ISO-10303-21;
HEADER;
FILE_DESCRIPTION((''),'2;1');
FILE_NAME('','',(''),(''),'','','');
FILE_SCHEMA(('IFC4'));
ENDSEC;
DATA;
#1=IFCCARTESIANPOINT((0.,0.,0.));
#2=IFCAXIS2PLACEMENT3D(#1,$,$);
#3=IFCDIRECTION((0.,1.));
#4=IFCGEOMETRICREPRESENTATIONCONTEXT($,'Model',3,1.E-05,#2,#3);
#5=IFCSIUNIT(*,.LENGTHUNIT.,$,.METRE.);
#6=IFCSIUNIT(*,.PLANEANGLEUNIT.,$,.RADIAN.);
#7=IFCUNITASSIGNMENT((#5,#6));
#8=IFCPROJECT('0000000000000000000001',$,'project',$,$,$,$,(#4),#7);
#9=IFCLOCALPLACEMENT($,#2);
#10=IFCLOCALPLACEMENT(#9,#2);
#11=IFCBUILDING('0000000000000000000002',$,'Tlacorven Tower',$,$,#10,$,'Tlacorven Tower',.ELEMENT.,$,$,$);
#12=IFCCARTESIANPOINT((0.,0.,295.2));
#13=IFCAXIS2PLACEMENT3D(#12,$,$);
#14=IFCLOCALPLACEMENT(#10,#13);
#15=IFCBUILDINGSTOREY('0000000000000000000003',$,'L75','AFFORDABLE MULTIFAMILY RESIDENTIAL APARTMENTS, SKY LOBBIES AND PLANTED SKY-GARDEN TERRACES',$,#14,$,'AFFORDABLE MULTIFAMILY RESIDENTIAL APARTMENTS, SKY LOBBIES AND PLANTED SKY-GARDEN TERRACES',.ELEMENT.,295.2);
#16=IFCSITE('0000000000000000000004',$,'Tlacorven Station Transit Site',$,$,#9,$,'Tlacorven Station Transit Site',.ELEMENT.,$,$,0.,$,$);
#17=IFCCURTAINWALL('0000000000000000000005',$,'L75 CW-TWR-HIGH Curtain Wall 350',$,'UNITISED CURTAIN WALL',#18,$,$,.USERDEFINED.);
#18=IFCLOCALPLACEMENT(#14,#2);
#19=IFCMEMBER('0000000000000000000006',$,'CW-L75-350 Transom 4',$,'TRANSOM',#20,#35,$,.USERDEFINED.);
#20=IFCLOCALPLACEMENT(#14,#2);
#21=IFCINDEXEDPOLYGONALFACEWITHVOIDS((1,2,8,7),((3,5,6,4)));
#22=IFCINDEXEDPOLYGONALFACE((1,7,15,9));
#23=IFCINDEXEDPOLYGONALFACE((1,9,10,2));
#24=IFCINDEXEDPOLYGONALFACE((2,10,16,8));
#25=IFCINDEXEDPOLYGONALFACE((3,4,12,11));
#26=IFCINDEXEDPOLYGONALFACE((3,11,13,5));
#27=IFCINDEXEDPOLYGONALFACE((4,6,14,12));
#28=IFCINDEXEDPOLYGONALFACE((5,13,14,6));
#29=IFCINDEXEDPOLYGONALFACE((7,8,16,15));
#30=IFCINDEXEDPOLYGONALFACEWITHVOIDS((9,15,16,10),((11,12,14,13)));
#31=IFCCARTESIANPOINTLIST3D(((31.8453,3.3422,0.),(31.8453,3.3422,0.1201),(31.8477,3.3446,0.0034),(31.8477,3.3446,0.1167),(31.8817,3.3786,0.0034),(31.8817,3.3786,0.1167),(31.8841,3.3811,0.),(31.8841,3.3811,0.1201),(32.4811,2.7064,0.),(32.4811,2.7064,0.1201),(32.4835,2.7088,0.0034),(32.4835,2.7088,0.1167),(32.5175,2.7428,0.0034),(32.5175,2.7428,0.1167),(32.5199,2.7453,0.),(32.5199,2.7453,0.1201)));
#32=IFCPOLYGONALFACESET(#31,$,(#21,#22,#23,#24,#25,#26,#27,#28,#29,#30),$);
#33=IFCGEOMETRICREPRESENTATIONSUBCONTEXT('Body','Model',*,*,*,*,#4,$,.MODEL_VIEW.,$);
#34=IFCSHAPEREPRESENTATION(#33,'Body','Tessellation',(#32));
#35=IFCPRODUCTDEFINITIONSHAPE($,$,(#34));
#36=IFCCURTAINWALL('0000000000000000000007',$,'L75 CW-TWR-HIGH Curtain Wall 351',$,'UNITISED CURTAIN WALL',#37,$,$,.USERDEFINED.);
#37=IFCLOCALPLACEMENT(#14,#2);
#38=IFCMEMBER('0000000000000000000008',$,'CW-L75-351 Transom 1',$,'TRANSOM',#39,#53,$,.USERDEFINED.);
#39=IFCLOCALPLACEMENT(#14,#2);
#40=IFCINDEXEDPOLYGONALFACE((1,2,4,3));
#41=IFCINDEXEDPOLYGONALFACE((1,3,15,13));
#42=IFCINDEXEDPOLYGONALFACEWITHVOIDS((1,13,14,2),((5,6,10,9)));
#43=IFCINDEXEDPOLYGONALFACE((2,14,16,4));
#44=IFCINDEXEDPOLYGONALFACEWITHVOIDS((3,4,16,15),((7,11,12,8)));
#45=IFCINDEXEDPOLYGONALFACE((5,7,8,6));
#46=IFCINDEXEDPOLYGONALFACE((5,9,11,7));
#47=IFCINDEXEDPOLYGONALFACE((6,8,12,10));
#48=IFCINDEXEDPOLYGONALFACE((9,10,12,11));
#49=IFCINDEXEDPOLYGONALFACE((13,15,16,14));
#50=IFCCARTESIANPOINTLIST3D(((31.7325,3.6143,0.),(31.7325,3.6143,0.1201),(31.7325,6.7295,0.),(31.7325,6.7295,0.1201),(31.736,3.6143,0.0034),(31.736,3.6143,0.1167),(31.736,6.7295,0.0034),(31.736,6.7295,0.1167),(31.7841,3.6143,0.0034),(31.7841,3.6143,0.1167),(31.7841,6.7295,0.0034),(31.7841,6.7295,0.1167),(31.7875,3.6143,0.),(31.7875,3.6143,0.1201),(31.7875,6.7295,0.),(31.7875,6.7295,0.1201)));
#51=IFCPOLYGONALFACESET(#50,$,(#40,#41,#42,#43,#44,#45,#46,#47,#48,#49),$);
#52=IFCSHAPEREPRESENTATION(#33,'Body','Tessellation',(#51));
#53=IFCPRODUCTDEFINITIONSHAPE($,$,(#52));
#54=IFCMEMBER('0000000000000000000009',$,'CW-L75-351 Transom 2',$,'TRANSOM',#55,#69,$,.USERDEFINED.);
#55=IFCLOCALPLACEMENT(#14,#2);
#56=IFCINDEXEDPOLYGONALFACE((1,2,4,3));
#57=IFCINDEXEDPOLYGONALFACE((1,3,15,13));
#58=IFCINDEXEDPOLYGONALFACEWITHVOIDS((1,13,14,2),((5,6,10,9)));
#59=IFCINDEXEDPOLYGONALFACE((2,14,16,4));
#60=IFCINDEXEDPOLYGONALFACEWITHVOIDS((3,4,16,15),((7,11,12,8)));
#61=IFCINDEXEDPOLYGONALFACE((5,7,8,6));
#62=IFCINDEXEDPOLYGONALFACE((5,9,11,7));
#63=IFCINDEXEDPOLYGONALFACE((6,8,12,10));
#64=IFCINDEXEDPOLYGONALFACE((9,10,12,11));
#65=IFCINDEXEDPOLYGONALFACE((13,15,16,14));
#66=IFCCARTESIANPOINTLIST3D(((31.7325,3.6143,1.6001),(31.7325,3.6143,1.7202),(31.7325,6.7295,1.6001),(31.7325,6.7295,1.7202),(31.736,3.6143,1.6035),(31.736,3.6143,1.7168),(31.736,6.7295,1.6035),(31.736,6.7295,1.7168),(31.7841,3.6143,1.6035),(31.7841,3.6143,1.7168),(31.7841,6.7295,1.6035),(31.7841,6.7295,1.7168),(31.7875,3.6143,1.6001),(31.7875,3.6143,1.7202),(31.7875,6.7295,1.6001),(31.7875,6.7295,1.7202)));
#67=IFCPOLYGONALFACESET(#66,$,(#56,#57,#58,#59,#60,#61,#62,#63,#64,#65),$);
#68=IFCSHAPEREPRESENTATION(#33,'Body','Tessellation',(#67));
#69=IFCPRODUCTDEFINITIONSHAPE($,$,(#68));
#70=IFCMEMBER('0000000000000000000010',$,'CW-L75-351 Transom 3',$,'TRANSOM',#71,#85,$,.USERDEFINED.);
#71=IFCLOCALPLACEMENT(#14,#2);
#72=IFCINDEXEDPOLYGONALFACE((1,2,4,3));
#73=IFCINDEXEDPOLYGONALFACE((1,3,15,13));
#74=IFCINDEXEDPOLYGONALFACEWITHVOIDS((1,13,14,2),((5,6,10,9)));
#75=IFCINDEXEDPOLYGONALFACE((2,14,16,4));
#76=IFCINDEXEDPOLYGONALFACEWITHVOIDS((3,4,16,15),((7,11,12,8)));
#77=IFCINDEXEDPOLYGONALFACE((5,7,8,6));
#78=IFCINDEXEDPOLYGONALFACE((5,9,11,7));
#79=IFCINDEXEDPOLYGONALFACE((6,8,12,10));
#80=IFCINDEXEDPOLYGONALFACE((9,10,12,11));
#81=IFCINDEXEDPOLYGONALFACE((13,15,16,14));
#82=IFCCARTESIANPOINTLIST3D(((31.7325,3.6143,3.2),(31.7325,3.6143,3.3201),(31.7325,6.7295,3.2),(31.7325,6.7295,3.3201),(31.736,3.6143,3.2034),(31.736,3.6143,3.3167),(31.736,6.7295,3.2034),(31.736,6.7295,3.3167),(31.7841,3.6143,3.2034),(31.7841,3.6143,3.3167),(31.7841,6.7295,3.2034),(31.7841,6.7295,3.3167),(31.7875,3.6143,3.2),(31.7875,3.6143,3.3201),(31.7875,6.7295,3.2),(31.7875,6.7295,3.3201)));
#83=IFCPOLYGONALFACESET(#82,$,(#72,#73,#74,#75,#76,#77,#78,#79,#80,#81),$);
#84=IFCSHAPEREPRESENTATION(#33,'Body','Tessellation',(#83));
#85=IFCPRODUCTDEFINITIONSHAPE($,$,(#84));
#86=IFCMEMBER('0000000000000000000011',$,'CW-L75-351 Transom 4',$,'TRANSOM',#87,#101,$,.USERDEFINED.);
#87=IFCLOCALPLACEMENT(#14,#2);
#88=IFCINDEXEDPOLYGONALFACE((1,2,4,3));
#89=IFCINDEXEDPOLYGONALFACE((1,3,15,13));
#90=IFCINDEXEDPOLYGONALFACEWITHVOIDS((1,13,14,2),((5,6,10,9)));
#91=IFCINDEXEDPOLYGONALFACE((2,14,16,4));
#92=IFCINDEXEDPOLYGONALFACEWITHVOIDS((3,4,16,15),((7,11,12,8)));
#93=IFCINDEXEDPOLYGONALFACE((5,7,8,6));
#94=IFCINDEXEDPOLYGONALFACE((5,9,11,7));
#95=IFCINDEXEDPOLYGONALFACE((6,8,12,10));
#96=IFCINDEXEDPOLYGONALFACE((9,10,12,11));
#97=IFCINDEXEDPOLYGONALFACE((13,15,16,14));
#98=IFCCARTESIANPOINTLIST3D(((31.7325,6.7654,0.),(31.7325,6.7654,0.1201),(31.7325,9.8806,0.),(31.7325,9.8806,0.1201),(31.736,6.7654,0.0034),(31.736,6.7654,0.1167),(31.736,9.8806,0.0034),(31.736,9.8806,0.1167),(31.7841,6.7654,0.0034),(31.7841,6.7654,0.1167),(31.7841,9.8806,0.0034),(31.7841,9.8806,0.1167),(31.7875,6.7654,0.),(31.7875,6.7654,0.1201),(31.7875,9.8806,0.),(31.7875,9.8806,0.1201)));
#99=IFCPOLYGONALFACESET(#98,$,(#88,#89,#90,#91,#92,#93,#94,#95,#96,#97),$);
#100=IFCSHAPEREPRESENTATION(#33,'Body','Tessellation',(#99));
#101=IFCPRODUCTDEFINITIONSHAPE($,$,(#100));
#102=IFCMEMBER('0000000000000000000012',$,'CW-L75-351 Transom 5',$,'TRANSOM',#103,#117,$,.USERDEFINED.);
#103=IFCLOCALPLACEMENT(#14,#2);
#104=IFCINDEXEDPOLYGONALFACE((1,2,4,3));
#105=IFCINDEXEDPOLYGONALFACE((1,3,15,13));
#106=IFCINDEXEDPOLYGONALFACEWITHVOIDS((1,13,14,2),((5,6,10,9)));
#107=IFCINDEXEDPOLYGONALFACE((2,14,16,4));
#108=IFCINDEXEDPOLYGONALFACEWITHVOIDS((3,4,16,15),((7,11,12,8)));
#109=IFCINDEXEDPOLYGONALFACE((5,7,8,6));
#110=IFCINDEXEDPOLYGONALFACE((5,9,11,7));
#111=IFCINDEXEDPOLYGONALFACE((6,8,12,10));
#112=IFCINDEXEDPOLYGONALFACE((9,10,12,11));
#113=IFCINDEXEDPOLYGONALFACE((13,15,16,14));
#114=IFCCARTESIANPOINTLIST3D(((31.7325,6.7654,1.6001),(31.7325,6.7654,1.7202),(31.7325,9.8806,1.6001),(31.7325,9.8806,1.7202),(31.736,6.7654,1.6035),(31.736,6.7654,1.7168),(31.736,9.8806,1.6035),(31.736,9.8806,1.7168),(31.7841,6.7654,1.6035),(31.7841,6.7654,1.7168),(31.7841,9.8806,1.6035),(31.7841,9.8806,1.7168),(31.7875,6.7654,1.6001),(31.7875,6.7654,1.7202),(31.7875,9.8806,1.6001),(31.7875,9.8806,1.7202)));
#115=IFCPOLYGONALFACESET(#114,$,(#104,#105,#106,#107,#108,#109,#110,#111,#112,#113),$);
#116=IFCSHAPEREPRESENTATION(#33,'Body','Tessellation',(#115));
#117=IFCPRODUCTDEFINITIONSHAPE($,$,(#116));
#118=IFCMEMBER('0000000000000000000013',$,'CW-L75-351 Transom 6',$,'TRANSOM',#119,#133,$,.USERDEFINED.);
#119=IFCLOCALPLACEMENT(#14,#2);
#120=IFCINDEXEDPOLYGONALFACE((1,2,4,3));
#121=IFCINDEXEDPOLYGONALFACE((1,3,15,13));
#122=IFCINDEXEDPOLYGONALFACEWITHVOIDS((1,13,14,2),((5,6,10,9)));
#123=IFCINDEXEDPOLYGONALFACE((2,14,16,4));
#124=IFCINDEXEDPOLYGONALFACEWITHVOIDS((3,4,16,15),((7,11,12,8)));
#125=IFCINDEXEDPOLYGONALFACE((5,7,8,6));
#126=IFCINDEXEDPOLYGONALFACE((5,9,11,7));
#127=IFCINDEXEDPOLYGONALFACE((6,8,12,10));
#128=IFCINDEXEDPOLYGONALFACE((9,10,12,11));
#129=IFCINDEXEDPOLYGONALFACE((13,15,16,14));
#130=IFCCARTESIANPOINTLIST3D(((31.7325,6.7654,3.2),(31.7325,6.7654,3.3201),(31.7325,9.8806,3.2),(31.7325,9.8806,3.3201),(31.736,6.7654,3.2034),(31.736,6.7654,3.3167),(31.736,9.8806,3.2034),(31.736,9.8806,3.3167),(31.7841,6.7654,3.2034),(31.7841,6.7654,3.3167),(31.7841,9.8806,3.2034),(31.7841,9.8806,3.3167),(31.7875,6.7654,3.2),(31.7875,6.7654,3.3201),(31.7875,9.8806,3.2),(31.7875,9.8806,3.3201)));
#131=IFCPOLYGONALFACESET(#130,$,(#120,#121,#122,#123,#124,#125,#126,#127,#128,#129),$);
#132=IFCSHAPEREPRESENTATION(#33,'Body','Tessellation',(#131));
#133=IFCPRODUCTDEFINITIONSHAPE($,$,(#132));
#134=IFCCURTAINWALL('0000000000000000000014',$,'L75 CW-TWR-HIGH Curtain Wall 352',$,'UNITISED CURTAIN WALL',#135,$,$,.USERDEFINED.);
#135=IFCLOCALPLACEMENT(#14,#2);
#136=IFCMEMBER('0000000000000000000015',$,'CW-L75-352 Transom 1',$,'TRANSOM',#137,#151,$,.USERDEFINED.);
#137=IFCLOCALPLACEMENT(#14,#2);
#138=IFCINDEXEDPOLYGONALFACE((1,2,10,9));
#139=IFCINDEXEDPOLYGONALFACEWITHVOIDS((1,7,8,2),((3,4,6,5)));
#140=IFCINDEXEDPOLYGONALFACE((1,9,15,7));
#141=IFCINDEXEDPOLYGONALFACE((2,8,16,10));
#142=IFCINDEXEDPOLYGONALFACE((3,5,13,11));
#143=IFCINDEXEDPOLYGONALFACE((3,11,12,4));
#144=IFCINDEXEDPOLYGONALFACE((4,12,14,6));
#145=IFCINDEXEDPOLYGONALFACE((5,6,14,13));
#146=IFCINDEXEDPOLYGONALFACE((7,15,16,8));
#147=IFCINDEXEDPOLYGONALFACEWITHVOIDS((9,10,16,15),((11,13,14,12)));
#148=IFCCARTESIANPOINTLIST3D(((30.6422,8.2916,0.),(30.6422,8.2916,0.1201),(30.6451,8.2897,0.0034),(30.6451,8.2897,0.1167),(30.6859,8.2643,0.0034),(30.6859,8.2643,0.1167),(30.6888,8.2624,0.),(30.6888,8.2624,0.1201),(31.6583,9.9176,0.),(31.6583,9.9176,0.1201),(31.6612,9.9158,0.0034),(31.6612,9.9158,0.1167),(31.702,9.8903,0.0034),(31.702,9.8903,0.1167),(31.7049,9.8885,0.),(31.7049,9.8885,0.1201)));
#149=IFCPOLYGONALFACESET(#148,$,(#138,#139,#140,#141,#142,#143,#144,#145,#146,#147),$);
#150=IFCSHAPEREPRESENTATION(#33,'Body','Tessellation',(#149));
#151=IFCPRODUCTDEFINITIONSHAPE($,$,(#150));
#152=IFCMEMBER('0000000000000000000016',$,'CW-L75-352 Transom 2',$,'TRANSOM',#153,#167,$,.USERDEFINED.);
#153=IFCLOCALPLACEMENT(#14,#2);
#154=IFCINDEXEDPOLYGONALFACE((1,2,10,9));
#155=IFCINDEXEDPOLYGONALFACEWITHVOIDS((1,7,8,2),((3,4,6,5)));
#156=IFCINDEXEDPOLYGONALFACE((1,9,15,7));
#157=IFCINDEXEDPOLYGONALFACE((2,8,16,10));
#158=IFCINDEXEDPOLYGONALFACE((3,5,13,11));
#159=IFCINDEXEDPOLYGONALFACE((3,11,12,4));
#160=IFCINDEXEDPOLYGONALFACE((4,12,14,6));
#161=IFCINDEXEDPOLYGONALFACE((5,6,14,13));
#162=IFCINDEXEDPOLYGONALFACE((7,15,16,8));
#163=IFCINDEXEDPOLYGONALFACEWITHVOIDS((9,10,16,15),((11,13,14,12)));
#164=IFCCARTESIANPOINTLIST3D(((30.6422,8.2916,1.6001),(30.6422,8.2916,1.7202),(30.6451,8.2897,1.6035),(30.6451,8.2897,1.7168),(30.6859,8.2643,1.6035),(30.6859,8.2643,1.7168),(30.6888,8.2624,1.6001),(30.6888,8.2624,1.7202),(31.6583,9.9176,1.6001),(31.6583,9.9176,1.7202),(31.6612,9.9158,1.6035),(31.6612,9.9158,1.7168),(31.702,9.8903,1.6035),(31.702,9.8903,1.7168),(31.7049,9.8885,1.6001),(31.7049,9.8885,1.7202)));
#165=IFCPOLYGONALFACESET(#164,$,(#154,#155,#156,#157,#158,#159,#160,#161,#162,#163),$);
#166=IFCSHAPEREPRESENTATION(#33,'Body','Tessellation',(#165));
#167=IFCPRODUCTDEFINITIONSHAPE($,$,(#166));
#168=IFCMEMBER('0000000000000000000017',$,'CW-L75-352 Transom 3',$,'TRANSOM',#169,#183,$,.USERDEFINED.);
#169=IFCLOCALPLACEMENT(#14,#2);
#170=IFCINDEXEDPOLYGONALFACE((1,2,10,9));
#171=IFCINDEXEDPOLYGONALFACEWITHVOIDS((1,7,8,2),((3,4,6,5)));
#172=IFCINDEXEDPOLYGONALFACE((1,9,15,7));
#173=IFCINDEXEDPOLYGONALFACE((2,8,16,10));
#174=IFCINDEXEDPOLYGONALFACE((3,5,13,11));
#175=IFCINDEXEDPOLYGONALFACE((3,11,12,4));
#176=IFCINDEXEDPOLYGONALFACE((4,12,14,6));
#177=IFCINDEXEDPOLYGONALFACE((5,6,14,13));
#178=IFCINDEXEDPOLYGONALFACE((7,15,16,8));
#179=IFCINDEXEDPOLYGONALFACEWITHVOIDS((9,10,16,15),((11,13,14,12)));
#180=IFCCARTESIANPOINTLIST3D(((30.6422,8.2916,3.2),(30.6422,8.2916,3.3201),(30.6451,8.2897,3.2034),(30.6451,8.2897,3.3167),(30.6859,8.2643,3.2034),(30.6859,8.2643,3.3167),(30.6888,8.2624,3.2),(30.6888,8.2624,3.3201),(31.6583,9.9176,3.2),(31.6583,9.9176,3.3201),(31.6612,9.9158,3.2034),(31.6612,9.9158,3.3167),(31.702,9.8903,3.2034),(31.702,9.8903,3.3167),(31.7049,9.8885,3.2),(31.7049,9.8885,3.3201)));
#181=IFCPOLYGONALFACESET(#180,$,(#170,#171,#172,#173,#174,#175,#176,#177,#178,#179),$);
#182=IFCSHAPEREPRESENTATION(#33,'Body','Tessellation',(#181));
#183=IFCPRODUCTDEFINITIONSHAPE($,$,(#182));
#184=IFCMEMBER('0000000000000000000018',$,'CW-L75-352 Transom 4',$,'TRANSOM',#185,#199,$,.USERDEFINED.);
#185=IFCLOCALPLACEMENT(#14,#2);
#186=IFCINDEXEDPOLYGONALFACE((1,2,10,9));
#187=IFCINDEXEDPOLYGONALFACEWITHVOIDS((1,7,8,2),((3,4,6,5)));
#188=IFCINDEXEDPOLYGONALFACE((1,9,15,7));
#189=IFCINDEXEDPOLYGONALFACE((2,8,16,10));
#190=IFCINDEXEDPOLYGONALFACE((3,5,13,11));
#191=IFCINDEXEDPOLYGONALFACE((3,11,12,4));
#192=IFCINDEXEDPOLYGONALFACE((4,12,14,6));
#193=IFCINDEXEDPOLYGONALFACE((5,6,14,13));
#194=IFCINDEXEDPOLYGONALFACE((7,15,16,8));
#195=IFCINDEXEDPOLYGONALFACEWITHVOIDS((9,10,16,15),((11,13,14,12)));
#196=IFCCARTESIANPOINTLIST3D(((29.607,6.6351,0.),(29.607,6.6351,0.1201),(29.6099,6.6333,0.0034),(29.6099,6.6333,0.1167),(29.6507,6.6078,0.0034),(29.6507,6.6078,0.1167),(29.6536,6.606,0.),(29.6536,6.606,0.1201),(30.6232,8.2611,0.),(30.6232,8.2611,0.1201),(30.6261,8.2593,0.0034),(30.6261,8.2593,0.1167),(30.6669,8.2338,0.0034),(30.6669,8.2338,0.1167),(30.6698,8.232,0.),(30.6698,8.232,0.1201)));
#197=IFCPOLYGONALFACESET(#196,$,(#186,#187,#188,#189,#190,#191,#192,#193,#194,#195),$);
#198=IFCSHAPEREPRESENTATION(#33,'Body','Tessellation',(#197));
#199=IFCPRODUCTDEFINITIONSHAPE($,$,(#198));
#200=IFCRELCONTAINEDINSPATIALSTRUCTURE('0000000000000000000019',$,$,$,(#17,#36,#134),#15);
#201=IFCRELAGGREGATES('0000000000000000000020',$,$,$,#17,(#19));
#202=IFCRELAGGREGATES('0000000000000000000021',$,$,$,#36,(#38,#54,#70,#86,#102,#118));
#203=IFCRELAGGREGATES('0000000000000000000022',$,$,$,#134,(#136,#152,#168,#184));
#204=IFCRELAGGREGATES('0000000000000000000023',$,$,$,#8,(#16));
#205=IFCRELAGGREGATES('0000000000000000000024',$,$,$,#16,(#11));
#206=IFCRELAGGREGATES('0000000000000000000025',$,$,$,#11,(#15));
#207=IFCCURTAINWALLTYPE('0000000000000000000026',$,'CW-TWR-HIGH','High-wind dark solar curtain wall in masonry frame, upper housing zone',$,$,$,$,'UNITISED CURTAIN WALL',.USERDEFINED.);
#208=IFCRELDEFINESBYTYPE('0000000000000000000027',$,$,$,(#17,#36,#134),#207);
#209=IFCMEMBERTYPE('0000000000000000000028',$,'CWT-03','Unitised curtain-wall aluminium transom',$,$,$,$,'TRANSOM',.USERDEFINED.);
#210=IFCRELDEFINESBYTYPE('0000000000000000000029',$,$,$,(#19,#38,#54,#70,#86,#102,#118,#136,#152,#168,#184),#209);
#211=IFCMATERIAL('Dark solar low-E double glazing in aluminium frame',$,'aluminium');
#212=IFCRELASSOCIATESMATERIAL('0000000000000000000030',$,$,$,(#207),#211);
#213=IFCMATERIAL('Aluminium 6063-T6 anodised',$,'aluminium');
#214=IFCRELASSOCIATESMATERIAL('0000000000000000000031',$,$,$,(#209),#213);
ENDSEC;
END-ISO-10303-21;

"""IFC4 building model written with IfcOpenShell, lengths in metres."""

from ifc_helpers import new_model, si_unit, direction, frame, origin, origin_2d, place, context, subcontext, project, spatial, hollow_rectangle, extrude, source, transform, mapped, material, material_profile, profile_set, type_object, element, aggregate, save


model = new_model("IFC4")

# Units and contexts
model_context = context("Model", 3, precision=1e-05, world=origin(), true_north=direction((0.0, 1.0)))
body_context = subcontext(model_context, "Body", "Model", "MODEL_VIEW")
ifc_project = project(units=[si_unit("LENGTHUNIT", "METRE"), si_unit("PLANEANGLEUNIT", "RADIAN")], contexts=[model_context])

# Site, building, storey
site_placement = place(None, origin())
site = spatial("IfcSite", under=ifc_project, at=site_placement, Name="Tlacorven Station Transit Site", LongName="Tlacorven Station Transit Site", CompositionType="ELEMENT", RefElevation=0.0)
building_placement = place(site_placement, origin())
building = spatial("IfcBuilding", under=site, at=building_placement, Name="Tlacorven Tower", LongName="Tlacorven Tower", CompositionType="ELEMENT")
storey_placement = place(building_placement, frame((0.0, 0.0, 295.2)))
storey = spatial("IfcBuildingStorey", under=building, at=storey_placement, Name="L75", Description="AFFORDABLE MULTIFAMILY RESIDENTIAL APARTMENTS, SKY LOBBIES AND PLANTED SKY-GARDEN TERRACES", LongName="AFFORDABLE MULTIFAMILY RESIDENTIAL APARTMENTS, SKY LOBBIES AND PLANTED SKY-GARDEN TERRACES", CompositionType="ELEMENT", Elevation=295.2)

# Curtain wall, member
ifc_material_1 = material(Name="Dark solar low-E double glazing in aluminium frame", Category="aluminium")
curtain_wall_type = type_object("IfcCurtainWallType", Name="CW-TWR-HIGH", Description="High-wind dark solar curtain wall in masonry frame, upper housing zone", ElementType="UNITISED CURTAIN WALL", PredefinedType="USERDEFINED", material=ifc_material_1)
curtain_wall_1_placement = place(storey_placement, origin())
curtain_wall_1 = element("IfcCurtainWall", 1, at=curtain_wall_1_placement, inside=storey, type_object=curtain_wall_type, Name="L75 CW-TWR-HIGH Curtain Wall 350", ObjectType="UNITISED CURTAIN WALL", PredefinedType="USERDEFINED")
ifc_material_2 = material(Name="Aluminium 6063-T6 anodised", Category="aluminium")
ifc_material_profile_1 = material_profile(ifc_material_2, hollow_rectangle(XDim=0.0549, YDim=0.1201, WallThickness=0.0034, at=origin_2d()), Name="ALU TRANSOM 55X120")
ifc_profile_set_1 = profile_set([ifc_material_profile_1], Name="Aluminium 6063-T6 anodised")
member_type_1 = type_object("IfcMemberType", Name="CWT-03", Description="Unitised curtain-wall aluminium transom", ElementType="TRANSOM", PredefinedType="USERDEFINED", material=ifc_profile_set_1)
shared_shape_1 = source(origin(), body_context, "Body", "SweptSolid", [
    extrude(hollow_rectangle(XDim=0.0549, YDim=0.1201, WallThickness=0.0034, at=origin_2d()), origin(), (0.0, 0.0, 1.0), 0.8992),
])
member_1_placement = place(storey_placement, frame((32.5005, 2.7258, 0.0601), z_axis=(-0.707107, 0.707107, 0.0), x_axis=(-0.707107, -0.707107, 0.0)))
member_1 = element("IfcMember", 2, at=member_1_placement, type_object=member_type_1, Name="CW-L75-350 Transom 4", ObjectType="TRANSOM", PredefinedType="USERDEFINED", context=body_context, shape_type="MappedRepresentation", body=[
    mapped(shared_shape_1, transform((0.0, 0.0, 0.0), scale=1.0)),
])

# Curtain walls, members
curtain_wall_2_placement = place(storey_placement, origin())
curtain_wall_2 = element("IfcCurtainWall", 3, at=curtain_wall_2_placement, inside=storey, type_object=curtain_wall_type, Name="L75 CW-TWR-HIGH Curtain Wall 351", ObjectType="UNITISED CURTAIN WALL", PredefinedType="USERDEFINED")
shared_shape_2 = source(origin(), body_context, "Body", "SweptSolid", [
    extrude(hollow_rectangle(XDim=0.0549, YDim=0.1201, WallThickness=0.0034, at=origin_2d()), origin(), (0.0, 0.0, 1.0), 3.1152),
])
member_2_placement = place(storey_placement, frame((31.76, 3.6143, 0.0601), z_axis=(0.0, 1.0, 0.0), x_axis=(-1.0, 0.0, 0.0)))
member_2 = element("IfcMember", 4, at=member_2_placement, type_object=member_type_1, Name="CW-L75-351 Transom 1", ObjectType="TRANSOM", PredefinedType="USERDEFINED", context=body_context, shape_type="MappedRepresentation", body=[
    mapped(shared_shape_2, transform((0.0, 0.0, 0.0), scale=1.0)),
])
member_3_placement = place(storey_placement, frame((31.76, 3.6143, 1.6602), z_axis=(0.0, 1.0, 0.0), x_axis=(-1.0, 0.0, 0.0)))
member_3 = element("IfcMember", 5, at=member_3_placement, type_object=member_type_1, Name="CW-L75-351 Transom 2", ObjectType="TRANSOM", PredefinedType="USERDEFINED", context=body_context, shape_type="MappedRepresentation", body=[
    mapped(shared_shape_2, transform((0.0, 0.0, 0.0), scale=1.0)),
])
member_4_placement = place(storey_placement, frame((31.76, 3.6143, 3.26), z_axis=(0.0, 1.0, 0.0), x_axis=(-1.0, 0.0, 0.0)))
member_4 = element("IfcMember", 6, at=member_4_placement, type_object=member_type_1, Name="CW-L75-351 Transom 3", ObjectType="TRANSOM", PredefinedType="USERDEFINED", context=body_context, shape_type="MappedRepresentation", body=[
    mapped(shared_shape_2, transform((0.0, 0.0, 0.0), scale=1.0)),
])
member_5_placement = place(storey_placement, frame((31.76, 6.7654, 0.0601), z_axis=(0.0, 1.0, 0.0), x_axis=(-1.0, 0.0, 0.0)))
member_5 = element("IfcMember", 7, at=member_5_placement, type_object=member_type_1, Name="CW-L75-351 Transom 4", ObjectType="TRANSOM", PredefinedType="USERDEFINED", context=body_context, shape_type="MappedRepresentation", body=[
    mapped(shared_shape_2, transform((0.0, 0.0, 0.0), scale=1.0)),
])
member_6_placement = place(storey_placement, frame((31.76, 6.7654, 1.6602), z_axis=(0.0, 1.0, 0.0), x_axis=(-1.0, 0.0, 0.0)))
member_6 = element("IfcMember", 8, at=member_6_placement, type_object=member_type_1, Name="CW-L75-351 Transom 5", ObjectType="TRANSOM", PredefinedType="USERDEFINED", context=body_context, shape_type="MappedRepresentation", body=[
    mapped(shared_shape_2, transform((0.0, 0.0, 0.0), scale=1.0)),
])
member_7_placement = place(storey_placement, frame((31.76, 6.7654, 3.26), z_axis=(0.0, 1.0, 0.0), x_axis=(-1.0, 0.0, 0.0)))
member_7 = element("IfcMember", 9, at=member_7_placement, type_object=member_type_1, Name="CW-L75-351 Transom 6", ObjectType="TRANSOM", PredefinedType="USERDEFINED", context=body_context, shape_type="MappedRepresentation", body=[
    mapped(shared_shape_2, transform((0.0, 0.0, 0.0), scale=1.0)),
])
curtain_wall_3_placement = place(storey_placement, origin())
curtain_wall_3 = element("IfcCurtainWall", 10, at=curtain_wall_3_placement, inside=storey, type_object=curtain_wall_type, Name="L75 CW-TWR-HIGH Curtain Wall 352", ObjectType="UNITISED CURTAIN WALL", PredefinedType="USERDEFINED")
shared_shape_3 = source(origin(), body_context, "Body", "SweptSolid", [
    extrude(hollow_rectangle(XDim=0.0549, YDim=0.1201, WallThickness=0.0034, at=origin_2d()), origin(), (0.0, 0.0, 1.0), 1.9175),
])
member_8_placement = place(storey_placement, frame((31.6816, 9.9031, 0.0601), z_axis=(-0.529953, -0.848027, 0.0), x_axis=(0.848027, -0.529953, 0.0)))
member_8 = element("IfcMember", 11, at=member_8_placement, type_object=member_type_1, Name="CW-L75-352 Transom 1", ObjectType="TRANSOM", PredefinedType="USERDEFINED", context=body_context, shape_type="MappedRepresentation", body=[
    mapped(shared_shape_3, transform((0.0, 0.0, 0.0), scale=1.0)),
])
member_9_placement = place(storey_placement, frame((31.6816, 9.9031, 1.6602), z_axis=(-0.529953, -0.848027, 0.0), x_axis=(0.848027, -0.529953, 0.0)))
member_9 = element("IfcMember", 12, at=member_9_placement, type_object=member_type_1, Name="CW-L75-352 Transom 2", ObjectType="TRANSOM", PredefinedType="USERDEFINED", context=body_context, shape_type="MappedRepresentation", body=[
    mapped(shared_shape_3, transform((0.0, 0.0, 0.0), scale=1.0)),
])
member_10_placement = place(storey_placement, frame((31.6816, 9.9031, 3.26), z_axis=(-0.529953, -0.848027, 0.0), x_axis=(0.848027, -0.529953, 0.0)))
member_10 = element("IfcMember", 13, at=member_10_placement, type_object=member_type_1, Name="CW-L75-352 Transom 3", ObjectType="TRANSOM", PredefinedType="USERDEFINED", context=body_context, shape_type="MappedRepresentation", body=[
    mapped(shared_shape_3, transform((0.0, 0.0, 0.0), scale=1.0)),
])
member_11_placement = place(storey_placement, frame((30.6465, 8.2466, 0.0601), z_axis=(-0.529953, -0.848027, 0.0), x_axis=(0.848027, -0.529953, 0.0)))
member_11 = element("IfcMember", 14, at=member_11_placement, type_object=member_type_1, Name="CW-L75-352 Transom 4", ObjectType="TRANSOM", PredefinedType="USERDEFINED", context=body_context, shape_type="MappedRepresentation", body=[
    mapped(shared_shape_3, transform((0.0, 0.0, 0.0), scale=1.0)),
])

aggregate(curtain_wall_1, [member_1])
aggregate(curtain_wall_2, [member_2, member_3, member_4, member_5, member_6, member_7])
aggregate(curtain_wall_3, [member_8, member_9, member_10, member_11])

save(model, "model.ifc")
